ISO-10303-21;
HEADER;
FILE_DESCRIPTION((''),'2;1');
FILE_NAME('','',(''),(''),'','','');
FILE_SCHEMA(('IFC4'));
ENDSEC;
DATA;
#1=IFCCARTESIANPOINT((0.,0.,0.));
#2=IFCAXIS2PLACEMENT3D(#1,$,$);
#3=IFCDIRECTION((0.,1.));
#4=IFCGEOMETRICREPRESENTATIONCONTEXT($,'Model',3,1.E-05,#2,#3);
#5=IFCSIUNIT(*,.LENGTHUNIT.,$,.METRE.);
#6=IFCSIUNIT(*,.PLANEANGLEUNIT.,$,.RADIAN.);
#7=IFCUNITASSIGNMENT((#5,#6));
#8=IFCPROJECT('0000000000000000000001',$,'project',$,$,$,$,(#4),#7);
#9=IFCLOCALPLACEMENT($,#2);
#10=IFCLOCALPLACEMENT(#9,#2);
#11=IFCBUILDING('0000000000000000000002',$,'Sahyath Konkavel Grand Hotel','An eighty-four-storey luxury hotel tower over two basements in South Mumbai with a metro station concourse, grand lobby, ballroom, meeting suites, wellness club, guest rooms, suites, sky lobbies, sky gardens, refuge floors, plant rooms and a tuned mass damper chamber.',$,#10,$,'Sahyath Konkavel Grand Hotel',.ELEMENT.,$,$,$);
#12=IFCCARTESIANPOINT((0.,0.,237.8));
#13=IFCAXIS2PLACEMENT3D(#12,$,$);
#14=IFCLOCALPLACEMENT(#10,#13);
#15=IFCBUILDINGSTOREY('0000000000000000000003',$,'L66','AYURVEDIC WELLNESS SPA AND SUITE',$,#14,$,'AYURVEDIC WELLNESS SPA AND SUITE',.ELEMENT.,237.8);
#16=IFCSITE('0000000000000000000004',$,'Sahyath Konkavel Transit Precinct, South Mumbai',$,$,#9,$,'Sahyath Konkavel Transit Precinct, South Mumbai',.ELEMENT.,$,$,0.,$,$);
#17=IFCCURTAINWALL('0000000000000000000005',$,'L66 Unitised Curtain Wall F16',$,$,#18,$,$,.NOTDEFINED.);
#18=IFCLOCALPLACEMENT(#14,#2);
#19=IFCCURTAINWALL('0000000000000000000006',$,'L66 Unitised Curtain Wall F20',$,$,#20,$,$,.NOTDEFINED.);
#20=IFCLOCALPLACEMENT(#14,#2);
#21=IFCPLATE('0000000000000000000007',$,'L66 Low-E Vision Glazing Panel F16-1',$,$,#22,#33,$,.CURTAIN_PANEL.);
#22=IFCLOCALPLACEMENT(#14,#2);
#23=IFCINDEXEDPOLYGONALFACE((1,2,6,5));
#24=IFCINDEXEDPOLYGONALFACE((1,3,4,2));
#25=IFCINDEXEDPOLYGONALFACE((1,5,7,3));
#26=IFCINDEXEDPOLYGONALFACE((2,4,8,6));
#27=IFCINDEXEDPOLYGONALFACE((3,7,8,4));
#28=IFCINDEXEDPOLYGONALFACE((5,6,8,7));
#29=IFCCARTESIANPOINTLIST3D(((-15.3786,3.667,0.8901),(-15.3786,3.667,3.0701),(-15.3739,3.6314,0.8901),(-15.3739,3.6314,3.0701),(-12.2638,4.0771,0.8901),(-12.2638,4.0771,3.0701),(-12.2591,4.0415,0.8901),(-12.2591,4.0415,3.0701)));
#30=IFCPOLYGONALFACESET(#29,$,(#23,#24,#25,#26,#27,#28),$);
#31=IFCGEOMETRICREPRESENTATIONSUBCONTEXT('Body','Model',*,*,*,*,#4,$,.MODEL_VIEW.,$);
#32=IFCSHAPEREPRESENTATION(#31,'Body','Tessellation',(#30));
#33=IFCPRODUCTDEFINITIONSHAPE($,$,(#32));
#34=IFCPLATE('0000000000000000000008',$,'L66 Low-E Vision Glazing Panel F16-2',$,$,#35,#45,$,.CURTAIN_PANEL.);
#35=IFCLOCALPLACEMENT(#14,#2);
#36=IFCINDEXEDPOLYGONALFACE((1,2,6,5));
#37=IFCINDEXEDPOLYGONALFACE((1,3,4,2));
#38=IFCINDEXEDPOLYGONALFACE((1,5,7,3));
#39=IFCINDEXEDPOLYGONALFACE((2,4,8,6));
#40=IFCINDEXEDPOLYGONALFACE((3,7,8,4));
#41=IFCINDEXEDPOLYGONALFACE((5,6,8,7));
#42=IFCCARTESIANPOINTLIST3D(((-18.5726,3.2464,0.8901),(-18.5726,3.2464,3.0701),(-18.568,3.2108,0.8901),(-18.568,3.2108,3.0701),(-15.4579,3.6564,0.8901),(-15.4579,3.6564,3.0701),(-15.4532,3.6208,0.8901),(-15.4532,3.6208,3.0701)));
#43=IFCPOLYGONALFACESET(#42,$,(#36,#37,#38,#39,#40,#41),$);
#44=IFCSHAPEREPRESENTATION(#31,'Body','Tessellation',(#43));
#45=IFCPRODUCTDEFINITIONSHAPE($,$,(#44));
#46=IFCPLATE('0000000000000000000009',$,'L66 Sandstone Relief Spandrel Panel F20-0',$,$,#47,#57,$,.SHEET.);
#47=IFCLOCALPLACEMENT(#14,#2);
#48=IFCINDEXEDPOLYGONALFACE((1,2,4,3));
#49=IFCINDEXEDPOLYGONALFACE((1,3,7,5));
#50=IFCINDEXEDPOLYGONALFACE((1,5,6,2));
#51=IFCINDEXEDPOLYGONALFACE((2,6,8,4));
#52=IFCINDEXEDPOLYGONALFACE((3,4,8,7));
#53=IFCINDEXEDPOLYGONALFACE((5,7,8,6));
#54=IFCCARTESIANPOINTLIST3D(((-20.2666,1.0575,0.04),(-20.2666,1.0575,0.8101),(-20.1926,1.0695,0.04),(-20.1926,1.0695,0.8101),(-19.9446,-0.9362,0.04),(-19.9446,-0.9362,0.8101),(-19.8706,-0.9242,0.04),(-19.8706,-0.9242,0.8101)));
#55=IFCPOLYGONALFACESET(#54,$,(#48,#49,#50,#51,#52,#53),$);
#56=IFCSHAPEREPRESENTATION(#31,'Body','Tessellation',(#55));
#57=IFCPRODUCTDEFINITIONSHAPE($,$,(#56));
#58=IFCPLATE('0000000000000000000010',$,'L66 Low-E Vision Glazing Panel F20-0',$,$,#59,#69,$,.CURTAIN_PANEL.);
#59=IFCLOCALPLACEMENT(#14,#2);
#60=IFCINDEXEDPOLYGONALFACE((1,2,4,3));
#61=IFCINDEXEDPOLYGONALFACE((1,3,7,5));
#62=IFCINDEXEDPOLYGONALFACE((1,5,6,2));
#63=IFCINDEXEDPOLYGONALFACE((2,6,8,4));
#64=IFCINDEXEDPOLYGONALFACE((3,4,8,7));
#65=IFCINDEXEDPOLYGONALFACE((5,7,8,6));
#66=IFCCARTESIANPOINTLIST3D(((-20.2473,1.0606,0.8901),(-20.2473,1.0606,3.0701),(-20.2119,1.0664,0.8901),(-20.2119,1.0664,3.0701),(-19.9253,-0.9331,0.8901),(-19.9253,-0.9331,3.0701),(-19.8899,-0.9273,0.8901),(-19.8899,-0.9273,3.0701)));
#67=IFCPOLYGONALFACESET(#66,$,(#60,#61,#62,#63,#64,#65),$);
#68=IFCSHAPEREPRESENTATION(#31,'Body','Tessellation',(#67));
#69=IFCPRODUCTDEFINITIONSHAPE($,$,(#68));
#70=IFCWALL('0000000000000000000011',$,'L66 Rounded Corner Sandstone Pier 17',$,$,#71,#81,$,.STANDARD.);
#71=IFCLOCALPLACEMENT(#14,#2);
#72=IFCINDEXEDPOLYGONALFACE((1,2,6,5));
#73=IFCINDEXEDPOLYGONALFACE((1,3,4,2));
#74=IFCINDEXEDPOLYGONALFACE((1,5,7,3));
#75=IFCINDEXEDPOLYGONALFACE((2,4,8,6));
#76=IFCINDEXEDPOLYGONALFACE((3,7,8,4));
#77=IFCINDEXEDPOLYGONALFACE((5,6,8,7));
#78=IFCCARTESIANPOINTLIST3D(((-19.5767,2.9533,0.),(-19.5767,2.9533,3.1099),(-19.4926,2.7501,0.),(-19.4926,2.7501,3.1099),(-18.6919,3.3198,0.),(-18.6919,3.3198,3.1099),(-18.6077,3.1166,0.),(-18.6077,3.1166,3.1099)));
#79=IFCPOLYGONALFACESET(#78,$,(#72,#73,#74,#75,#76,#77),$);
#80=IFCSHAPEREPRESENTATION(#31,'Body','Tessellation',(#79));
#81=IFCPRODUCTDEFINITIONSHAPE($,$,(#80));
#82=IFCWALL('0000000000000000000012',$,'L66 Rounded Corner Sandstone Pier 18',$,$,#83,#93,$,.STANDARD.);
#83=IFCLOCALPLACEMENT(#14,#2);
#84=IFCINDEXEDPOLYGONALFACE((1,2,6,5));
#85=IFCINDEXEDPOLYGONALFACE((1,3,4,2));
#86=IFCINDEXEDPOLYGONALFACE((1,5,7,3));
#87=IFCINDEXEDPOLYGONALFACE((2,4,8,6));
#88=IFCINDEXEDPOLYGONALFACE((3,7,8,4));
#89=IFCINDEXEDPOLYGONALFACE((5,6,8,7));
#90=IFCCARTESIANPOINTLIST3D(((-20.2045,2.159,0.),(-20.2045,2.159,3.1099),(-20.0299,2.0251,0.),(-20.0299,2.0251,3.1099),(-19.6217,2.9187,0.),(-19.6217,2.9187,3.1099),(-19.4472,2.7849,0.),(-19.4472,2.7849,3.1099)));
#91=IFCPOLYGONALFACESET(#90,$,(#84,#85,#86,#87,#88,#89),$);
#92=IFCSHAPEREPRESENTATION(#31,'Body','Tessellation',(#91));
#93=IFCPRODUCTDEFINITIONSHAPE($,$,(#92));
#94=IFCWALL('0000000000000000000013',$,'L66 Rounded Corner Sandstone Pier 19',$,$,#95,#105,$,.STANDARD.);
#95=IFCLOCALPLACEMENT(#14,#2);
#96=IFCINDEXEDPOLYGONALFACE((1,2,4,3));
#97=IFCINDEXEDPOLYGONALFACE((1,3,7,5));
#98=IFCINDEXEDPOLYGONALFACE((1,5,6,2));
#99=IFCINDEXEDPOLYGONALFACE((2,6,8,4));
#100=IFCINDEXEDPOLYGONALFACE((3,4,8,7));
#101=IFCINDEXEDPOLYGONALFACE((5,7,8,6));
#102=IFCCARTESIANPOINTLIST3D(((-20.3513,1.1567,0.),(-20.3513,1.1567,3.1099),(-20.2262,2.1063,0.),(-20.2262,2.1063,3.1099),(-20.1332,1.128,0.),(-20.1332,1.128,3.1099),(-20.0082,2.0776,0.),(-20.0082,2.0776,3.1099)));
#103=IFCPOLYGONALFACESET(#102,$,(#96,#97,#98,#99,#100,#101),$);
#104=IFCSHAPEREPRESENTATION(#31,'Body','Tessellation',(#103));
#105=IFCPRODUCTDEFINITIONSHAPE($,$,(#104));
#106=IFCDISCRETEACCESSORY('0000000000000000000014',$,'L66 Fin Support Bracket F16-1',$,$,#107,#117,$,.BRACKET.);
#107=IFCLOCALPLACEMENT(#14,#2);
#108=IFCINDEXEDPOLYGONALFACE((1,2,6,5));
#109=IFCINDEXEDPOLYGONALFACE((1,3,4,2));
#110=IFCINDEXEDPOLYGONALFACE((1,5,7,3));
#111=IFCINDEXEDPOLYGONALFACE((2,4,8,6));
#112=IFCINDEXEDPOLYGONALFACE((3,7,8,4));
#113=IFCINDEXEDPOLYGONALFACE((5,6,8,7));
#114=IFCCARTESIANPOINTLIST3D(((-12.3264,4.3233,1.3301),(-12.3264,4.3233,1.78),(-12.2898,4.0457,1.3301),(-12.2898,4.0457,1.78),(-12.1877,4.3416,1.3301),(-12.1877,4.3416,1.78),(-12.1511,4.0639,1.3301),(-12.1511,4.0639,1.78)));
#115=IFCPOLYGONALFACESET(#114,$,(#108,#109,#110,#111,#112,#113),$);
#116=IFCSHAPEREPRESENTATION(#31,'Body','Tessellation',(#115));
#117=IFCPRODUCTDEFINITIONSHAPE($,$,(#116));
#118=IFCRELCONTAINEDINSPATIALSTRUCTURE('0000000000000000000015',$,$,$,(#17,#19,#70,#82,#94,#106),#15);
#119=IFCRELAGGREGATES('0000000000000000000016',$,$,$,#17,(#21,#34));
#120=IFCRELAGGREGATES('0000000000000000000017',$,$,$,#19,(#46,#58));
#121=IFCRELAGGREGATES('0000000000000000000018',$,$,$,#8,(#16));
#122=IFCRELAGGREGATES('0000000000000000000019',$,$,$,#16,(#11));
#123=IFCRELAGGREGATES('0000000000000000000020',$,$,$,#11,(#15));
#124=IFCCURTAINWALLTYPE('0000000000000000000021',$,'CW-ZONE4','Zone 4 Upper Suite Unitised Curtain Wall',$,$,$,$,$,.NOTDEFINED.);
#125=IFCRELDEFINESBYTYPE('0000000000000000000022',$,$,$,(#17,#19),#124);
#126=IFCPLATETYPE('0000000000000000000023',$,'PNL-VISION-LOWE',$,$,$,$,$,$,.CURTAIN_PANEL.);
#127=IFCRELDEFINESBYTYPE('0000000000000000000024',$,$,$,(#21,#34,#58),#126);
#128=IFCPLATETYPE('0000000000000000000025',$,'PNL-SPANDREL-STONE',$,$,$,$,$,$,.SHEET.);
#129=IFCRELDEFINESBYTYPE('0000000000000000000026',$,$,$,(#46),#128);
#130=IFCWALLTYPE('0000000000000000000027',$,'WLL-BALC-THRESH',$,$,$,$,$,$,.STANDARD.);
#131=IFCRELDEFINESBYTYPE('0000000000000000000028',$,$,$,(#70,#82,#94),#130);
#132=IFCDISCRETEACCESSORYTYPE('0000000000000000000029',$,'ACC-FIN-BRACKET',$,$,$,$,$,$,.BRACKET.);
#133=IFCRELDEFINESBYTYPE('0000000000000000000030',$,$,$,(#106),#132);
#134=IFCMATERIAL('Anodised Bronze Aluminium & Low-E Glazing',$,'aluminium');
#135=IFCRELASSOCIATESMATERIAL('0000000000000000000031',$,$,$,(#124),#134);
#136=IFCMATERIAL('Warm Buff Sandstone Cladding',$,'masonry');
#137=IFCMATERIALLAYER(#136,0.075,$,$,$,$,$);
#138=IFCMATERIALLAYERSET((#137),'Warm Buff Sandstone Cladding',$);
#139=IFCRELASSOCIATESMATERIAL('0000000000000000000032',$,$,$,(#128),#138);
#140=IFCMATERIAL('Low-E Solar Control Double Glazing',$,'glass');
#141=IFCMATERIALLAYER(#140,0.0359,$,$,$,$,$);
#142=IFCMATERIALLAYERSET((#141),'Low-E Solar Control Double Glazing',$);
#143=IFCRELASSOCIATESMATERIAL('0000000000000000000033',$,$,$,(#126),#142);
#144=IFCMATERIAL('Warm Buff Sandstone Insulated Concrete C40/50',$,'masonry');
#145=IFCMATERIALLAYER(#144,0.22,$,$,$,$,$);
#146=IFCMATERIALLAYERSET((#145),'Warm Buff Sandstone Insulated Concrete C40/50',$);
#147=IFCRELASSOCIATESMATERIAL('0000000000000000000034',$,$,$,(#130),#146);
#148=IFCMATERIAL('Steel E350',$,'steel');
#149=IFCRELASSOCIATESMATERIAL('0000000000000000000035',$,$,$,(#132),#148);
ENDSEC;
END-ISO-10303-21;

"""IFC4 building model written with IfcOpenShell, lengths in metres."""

from ifc_helpers import new_model, si_unit, direction, frame, frame_2d, origin, origin_2d, place, context, subcontext, project, spatial, rectangle, extrude, source, transform, mapped, material, layer, layer_set, type_object, element, aggregate, save


model = new_model("IFC4")

# Units and contexts
model_context = context("Model", 3, precision=1e-05, world=origin(), true_north=direction((0.0, 1.0)))
body_context = subcontext(model_context, "Body", "Model", "MODEL_VIEW")
ifc_project = project(units=[si_unit("LENGTHUNIT", "METRE"), si_unit("PLANEANGLEUNIT", "RADIAN")], contexts=[model_context])

# Site, building, storey
site_placement = place(None, origin())
site = spatial("IfcSite", under=ifc_project, at=site_placement, Name="Sahyath Konkavel Transit Precinct, South Mumbai", LongName="Sahyath Konkavel Transit Precinct, South Mumbai", CompositionType="ELEMENT", RefElevation=0.0)
building_placement = place(site_placement, origin())
building = spatial("IfcBuilding", under=site, at=building_placement, Name="Sahyath Konkavel Grand Hotel", Description="An eighty-four-storey luxury hotel tower over two basements in South Mumbai with a metro station concourse, grand lobby, ballroom, meeting suites, wellness club, guest rooms, suites, sky lobbies, sky gardens, refuge floors, plant rooms and a tuned mass damper chamber.", LongName="Sahyath Konkavel Grand Hotel", CompositionType="ELEMENT")
storey_placement = place(building_placement, frame((0.0, 0.0, 237.8)))
storey = spatial("IfcBuildingStorey", under=building, at=storey_placement, Name="L66", Description="AYURVEDIC WELLNESS SPA AND SUITE", LongName="AYURVEDIC WELLNESS SPA AND SUITE", CompositionType="ELEMENT", Elevation=237.8)

# Shared definitions
ifc_material_1 = material(Name="Steel E350", Category="steel")

# Curtain wall
ifc_material_2 = material(Name="Anodised Bronze Aluminium & Low-E Glazing", Category="aluminium")
curtain_wall_type = type_object("IfcCurtainWallType", Name="CW-ZONE4", Description="Zone 4 Upper Suite Unitised Curtain Wall", PredefinedType="NOTDEFINED", material=ifc_material_2)
curtain_wall_1_placement = place(storey_placement, origin())
curtain_wall_1 = element("IfcCurtainWall", 1, at=curtain_wall_1_placement, inside=storey, type_object=curtain_wall_type, Name="L66 Unitised Curtain Wall F16", PredefinedType="NOTDEFINED")

# Curtain wall
curtain_wall_2_placement = place(storey_placement, origin())
curtain_wall_2 = element("IfcCurtainWall", 2, at=curtain_wall_2_placement, inside=storey, type_object=curtain_wall_type, Name="L66 Unitised Curtain Wall F20", PredefinedType="NOTDEFINED")

# Plates
ifc_material_3 = material(Name="Warm Buff Sandstone Cladding", Category="masonry")
ifc_layer_1 = layer(ifc_material_3, 0.075)
ifc_layer_set_1 = layer_set([ifc_layer_1], Name="Warm Buff Sandstone Cladding")
plate_type_1 = type_object("IfcPlateType", Name="PNL-SPANDREL-STONE", PredefinedType="SHEET", material=ifc_layer_set_1)
ifc_material_4 = material(Name="Low-E Solar Control Double Glazing", Category="glass")
ifc_layer_2 = layer(ifc_material_4, 0.0359)
ifc_layer_set_2 = layer_set([ifc_layer_2], Name="Low-E Solar Control Double Glazing")
plate_type_2 = type_object("IfcPlateType", Name="PNL-VISION-LOWE", PredefinedType="CURTAIN_PANEL", material=ifc_layer_set_2)
shared_shape_1 = source(origin(), body_context, "Body", "SweptSolid", [
    extrude(rectangle(XDim=3.1416, YDim=0.0359, at=origin_2d()), origin(), (0.0, 0.0, 1.0), 2.1799),
])
plate_1_placement = place(storey_placement, frame((-13.8188, 3.8542, 0.8901), z_axis=(0.0, 0.0, 1.0), x_axis=(-0.991445, -0.130526, 0.0)))
plate_1 = element("IfcPlate", 3, at=plate_1_placement, type_object=plate_type_2, Name="L66 Low-E Vision Glazing Panel F16-1", PredefinedType="CURTAIN_PANEL", context=body_context, shape_type="MappedRepresentation", body=[
    mapped(shared_shape_1, transform((0.0, 0.0, 0.0), scale=1.0)),
])
plate_2_placement = place(storey_placement, frame((-17.0129, 3.4336, 0.8901), z_axis=(0.0, 0.0, 1.0), x_axis=(-0.991445, -0.130526, 0.0)))
plate_2 = element("IfcPlate", 4, at=plate_2_placement, type_object=plate_type_2, Name="L66 Low-E Vision Glazing Panel F16-2", PredefinedType="CURTAIN_PANEL", context=body_context, shape_type="MappedRepresentation", body=[
    mapped(shared_shape_1, transform((0.0, 0.0, 0.0), scale=1.0)),
])
aggregate(curtain_wall_1, [plate_1, plate_2])
shared_shape_2 = source(origin(), body_context, "Body", "SweptSolid", [
    extrude(rectangle(XDim=2.0195, YDim=0.075, at=origin_2d()), origin(), (0.0, 0.0, 1.0), 0.77),
])
plate_3_placement = place(storey_placement, frame((-20.0686, 0.0667, 0.04), z_axis=(0.0, 0.0, 1.0), x_axis=(0.15945, -0.987206, 0.0)))
plate_3 = element("IfcPlate", 5, at=plate_3_placement, type_object=plate_type_1, Name="L66 Sandstone Relief Spandrel Panel F20-0", PredefinedType="SHEET", context=body_context, shape_type="MappedRepresentation", body=[
    mapped(shared_shape_2, transform((0.0, 0.0, 0.0), scale=1.0)),
])
shared_shape_3 = source(origin(), body_context, "Body", "SweptSolid", [
    extrude(rectangle(XDim=2.0195, YDim=0.0359, at=origin_2d()), origin(), (0.0, 0.0, 1.0), 2.1799),
])
plate_4_placement = place(storey_placement, frame((-20.0686, 0.0667, 0.8901), z_axis=(0.0, 0.0, 1.0), x_axis=(0.15945, -0.987206, 0.0)))
plate_4 = element("IfcPlate", 6, at=plate_4_placement, type_object=plate_type_2, Name="L66 Low-E Vision Glazing Panel F20-0", PredefinedType="CURTAIN_PANEL", context=body_context, shape_type="MappedRepresentation", body=[
    mapped(shared_shape_3, transform((0.0, 0.0, 0.0), scale=1.0)),
])
aggregate(curtain_wall_2, [plate_3, plate_4])

# Walls
ifc_material_5 = material(Name="Warm Buff Sandstone Insulated Concrete C40/50", Category="masonry")
ifc_layer_3 = layer(ifc_material_5, 0.22)
ifc_layer_set_3 = layer_set([ifc_layer_3], Name="Warm Buff Sandstone Insulated Concrete C40/50")
wall_type = type_object("IfcWallType", Name="WLL-BALC-THRESH", PredefinedType="STANDARD", material=ifc_layer_set_3)
wall_1_placement = place(storey_placement, frame((-18.6497, 3.2183, 0.0), z_axis=(0.0, 0.0, 1.0), x_axis=(-0.923889, -0.38266, 0.0)))
element("IfcWall", 7, at=wall_1_placement, inside=storey, type_object=wall_type, Name="L66 Rounded Corner Sandstone Pier 17", PredefinedType="STANDARD", context=body_context, shape_type="SweptSolid", body=[
    extrude(rectangle(XDim=0.9578, YDim=0.22, at=frame_2d((0.479, 0.0))), origin(), (0.0, 0.0, 1.0), 3.1099),
])
wall_2_placement = place(storey_placement, frame((-19.5344, 2.8518, 0.0), z_axis=(0.0, 0.0, 1.0), x_axis=(-0.608614, -0.793467, 0.0)))
element("IfcWall", 8, at=wall_2_placement, inside=storey, type_object=wall_type, Name="L66 Rounded Corner Sandstone Pier 18", PredefinedType="STANDARD", context=body_context, shape_type="SweptSolid", body=[
    extrude(rectangle(XDim=0.9575, YDim=0.22, at=frame_2d((0.4788, 0.0))), origin(), (0.0, 0.0, 1.0), 3.1099),
])
wall_3_placement = place(storey_placement, frame((-20.1172, 2.092, 0.0), z_axis=(0.0, 0.0, 1.0), x_axis=(-0.130527, -0.991445, 0.0)))
element("IfcWall", 9, at=wall_3_placement, inside=storey, type_object=wall_type, Name="L66 Rounded Corner Sandstone Pier 19", PredefinedType="STANDARD", context=body_context, shape_type="SweptSolid", body=[
    extrude(rectangle(XDim=0.9578, YDim=0.22, at=frame_2d((0.479, 0.0))), origin(), (0.0, 0.0, 1.0), 3.1099),
])

# Discrete accessory
discrete_accessory_type = type_object("IfcDiscreteAccessoryType", Name="ACC-FIN-BRACKET", PredefinedType="BRACKET", material=ifc_material_1)
shared_shape_4 = source(origin(), body_context, "Body", "SweptSolid", [
    extrude(rectangle(XDim=0.28, YDim=0.1399, at=origin_2d()), origin(), (0.0, 0.0, 1.0), 0.45),
])
discrete_accessory_placement = place(storey_placement, frame((-12.2388, 4.1936, 1.3301), z_axis=(0.0, 0.0, 1.0), x_axis=(-0.130526, 0.991445, 0.0)))
element("IfcDiscreteAccessory", 10, at=discrete_accessory_placement, inside=storey, type_object=discrete_accessory_type, Name="L66 Fin Support Bracket F16-1", PredefinedType="BRACKET", context=body_context, shape_type="MappedRepresentation", body=[
    mapped(shared_shape_4, transform((0.0, 0.0, 0.0), scale=1.0)),
])

save(model, "model.ifc")
